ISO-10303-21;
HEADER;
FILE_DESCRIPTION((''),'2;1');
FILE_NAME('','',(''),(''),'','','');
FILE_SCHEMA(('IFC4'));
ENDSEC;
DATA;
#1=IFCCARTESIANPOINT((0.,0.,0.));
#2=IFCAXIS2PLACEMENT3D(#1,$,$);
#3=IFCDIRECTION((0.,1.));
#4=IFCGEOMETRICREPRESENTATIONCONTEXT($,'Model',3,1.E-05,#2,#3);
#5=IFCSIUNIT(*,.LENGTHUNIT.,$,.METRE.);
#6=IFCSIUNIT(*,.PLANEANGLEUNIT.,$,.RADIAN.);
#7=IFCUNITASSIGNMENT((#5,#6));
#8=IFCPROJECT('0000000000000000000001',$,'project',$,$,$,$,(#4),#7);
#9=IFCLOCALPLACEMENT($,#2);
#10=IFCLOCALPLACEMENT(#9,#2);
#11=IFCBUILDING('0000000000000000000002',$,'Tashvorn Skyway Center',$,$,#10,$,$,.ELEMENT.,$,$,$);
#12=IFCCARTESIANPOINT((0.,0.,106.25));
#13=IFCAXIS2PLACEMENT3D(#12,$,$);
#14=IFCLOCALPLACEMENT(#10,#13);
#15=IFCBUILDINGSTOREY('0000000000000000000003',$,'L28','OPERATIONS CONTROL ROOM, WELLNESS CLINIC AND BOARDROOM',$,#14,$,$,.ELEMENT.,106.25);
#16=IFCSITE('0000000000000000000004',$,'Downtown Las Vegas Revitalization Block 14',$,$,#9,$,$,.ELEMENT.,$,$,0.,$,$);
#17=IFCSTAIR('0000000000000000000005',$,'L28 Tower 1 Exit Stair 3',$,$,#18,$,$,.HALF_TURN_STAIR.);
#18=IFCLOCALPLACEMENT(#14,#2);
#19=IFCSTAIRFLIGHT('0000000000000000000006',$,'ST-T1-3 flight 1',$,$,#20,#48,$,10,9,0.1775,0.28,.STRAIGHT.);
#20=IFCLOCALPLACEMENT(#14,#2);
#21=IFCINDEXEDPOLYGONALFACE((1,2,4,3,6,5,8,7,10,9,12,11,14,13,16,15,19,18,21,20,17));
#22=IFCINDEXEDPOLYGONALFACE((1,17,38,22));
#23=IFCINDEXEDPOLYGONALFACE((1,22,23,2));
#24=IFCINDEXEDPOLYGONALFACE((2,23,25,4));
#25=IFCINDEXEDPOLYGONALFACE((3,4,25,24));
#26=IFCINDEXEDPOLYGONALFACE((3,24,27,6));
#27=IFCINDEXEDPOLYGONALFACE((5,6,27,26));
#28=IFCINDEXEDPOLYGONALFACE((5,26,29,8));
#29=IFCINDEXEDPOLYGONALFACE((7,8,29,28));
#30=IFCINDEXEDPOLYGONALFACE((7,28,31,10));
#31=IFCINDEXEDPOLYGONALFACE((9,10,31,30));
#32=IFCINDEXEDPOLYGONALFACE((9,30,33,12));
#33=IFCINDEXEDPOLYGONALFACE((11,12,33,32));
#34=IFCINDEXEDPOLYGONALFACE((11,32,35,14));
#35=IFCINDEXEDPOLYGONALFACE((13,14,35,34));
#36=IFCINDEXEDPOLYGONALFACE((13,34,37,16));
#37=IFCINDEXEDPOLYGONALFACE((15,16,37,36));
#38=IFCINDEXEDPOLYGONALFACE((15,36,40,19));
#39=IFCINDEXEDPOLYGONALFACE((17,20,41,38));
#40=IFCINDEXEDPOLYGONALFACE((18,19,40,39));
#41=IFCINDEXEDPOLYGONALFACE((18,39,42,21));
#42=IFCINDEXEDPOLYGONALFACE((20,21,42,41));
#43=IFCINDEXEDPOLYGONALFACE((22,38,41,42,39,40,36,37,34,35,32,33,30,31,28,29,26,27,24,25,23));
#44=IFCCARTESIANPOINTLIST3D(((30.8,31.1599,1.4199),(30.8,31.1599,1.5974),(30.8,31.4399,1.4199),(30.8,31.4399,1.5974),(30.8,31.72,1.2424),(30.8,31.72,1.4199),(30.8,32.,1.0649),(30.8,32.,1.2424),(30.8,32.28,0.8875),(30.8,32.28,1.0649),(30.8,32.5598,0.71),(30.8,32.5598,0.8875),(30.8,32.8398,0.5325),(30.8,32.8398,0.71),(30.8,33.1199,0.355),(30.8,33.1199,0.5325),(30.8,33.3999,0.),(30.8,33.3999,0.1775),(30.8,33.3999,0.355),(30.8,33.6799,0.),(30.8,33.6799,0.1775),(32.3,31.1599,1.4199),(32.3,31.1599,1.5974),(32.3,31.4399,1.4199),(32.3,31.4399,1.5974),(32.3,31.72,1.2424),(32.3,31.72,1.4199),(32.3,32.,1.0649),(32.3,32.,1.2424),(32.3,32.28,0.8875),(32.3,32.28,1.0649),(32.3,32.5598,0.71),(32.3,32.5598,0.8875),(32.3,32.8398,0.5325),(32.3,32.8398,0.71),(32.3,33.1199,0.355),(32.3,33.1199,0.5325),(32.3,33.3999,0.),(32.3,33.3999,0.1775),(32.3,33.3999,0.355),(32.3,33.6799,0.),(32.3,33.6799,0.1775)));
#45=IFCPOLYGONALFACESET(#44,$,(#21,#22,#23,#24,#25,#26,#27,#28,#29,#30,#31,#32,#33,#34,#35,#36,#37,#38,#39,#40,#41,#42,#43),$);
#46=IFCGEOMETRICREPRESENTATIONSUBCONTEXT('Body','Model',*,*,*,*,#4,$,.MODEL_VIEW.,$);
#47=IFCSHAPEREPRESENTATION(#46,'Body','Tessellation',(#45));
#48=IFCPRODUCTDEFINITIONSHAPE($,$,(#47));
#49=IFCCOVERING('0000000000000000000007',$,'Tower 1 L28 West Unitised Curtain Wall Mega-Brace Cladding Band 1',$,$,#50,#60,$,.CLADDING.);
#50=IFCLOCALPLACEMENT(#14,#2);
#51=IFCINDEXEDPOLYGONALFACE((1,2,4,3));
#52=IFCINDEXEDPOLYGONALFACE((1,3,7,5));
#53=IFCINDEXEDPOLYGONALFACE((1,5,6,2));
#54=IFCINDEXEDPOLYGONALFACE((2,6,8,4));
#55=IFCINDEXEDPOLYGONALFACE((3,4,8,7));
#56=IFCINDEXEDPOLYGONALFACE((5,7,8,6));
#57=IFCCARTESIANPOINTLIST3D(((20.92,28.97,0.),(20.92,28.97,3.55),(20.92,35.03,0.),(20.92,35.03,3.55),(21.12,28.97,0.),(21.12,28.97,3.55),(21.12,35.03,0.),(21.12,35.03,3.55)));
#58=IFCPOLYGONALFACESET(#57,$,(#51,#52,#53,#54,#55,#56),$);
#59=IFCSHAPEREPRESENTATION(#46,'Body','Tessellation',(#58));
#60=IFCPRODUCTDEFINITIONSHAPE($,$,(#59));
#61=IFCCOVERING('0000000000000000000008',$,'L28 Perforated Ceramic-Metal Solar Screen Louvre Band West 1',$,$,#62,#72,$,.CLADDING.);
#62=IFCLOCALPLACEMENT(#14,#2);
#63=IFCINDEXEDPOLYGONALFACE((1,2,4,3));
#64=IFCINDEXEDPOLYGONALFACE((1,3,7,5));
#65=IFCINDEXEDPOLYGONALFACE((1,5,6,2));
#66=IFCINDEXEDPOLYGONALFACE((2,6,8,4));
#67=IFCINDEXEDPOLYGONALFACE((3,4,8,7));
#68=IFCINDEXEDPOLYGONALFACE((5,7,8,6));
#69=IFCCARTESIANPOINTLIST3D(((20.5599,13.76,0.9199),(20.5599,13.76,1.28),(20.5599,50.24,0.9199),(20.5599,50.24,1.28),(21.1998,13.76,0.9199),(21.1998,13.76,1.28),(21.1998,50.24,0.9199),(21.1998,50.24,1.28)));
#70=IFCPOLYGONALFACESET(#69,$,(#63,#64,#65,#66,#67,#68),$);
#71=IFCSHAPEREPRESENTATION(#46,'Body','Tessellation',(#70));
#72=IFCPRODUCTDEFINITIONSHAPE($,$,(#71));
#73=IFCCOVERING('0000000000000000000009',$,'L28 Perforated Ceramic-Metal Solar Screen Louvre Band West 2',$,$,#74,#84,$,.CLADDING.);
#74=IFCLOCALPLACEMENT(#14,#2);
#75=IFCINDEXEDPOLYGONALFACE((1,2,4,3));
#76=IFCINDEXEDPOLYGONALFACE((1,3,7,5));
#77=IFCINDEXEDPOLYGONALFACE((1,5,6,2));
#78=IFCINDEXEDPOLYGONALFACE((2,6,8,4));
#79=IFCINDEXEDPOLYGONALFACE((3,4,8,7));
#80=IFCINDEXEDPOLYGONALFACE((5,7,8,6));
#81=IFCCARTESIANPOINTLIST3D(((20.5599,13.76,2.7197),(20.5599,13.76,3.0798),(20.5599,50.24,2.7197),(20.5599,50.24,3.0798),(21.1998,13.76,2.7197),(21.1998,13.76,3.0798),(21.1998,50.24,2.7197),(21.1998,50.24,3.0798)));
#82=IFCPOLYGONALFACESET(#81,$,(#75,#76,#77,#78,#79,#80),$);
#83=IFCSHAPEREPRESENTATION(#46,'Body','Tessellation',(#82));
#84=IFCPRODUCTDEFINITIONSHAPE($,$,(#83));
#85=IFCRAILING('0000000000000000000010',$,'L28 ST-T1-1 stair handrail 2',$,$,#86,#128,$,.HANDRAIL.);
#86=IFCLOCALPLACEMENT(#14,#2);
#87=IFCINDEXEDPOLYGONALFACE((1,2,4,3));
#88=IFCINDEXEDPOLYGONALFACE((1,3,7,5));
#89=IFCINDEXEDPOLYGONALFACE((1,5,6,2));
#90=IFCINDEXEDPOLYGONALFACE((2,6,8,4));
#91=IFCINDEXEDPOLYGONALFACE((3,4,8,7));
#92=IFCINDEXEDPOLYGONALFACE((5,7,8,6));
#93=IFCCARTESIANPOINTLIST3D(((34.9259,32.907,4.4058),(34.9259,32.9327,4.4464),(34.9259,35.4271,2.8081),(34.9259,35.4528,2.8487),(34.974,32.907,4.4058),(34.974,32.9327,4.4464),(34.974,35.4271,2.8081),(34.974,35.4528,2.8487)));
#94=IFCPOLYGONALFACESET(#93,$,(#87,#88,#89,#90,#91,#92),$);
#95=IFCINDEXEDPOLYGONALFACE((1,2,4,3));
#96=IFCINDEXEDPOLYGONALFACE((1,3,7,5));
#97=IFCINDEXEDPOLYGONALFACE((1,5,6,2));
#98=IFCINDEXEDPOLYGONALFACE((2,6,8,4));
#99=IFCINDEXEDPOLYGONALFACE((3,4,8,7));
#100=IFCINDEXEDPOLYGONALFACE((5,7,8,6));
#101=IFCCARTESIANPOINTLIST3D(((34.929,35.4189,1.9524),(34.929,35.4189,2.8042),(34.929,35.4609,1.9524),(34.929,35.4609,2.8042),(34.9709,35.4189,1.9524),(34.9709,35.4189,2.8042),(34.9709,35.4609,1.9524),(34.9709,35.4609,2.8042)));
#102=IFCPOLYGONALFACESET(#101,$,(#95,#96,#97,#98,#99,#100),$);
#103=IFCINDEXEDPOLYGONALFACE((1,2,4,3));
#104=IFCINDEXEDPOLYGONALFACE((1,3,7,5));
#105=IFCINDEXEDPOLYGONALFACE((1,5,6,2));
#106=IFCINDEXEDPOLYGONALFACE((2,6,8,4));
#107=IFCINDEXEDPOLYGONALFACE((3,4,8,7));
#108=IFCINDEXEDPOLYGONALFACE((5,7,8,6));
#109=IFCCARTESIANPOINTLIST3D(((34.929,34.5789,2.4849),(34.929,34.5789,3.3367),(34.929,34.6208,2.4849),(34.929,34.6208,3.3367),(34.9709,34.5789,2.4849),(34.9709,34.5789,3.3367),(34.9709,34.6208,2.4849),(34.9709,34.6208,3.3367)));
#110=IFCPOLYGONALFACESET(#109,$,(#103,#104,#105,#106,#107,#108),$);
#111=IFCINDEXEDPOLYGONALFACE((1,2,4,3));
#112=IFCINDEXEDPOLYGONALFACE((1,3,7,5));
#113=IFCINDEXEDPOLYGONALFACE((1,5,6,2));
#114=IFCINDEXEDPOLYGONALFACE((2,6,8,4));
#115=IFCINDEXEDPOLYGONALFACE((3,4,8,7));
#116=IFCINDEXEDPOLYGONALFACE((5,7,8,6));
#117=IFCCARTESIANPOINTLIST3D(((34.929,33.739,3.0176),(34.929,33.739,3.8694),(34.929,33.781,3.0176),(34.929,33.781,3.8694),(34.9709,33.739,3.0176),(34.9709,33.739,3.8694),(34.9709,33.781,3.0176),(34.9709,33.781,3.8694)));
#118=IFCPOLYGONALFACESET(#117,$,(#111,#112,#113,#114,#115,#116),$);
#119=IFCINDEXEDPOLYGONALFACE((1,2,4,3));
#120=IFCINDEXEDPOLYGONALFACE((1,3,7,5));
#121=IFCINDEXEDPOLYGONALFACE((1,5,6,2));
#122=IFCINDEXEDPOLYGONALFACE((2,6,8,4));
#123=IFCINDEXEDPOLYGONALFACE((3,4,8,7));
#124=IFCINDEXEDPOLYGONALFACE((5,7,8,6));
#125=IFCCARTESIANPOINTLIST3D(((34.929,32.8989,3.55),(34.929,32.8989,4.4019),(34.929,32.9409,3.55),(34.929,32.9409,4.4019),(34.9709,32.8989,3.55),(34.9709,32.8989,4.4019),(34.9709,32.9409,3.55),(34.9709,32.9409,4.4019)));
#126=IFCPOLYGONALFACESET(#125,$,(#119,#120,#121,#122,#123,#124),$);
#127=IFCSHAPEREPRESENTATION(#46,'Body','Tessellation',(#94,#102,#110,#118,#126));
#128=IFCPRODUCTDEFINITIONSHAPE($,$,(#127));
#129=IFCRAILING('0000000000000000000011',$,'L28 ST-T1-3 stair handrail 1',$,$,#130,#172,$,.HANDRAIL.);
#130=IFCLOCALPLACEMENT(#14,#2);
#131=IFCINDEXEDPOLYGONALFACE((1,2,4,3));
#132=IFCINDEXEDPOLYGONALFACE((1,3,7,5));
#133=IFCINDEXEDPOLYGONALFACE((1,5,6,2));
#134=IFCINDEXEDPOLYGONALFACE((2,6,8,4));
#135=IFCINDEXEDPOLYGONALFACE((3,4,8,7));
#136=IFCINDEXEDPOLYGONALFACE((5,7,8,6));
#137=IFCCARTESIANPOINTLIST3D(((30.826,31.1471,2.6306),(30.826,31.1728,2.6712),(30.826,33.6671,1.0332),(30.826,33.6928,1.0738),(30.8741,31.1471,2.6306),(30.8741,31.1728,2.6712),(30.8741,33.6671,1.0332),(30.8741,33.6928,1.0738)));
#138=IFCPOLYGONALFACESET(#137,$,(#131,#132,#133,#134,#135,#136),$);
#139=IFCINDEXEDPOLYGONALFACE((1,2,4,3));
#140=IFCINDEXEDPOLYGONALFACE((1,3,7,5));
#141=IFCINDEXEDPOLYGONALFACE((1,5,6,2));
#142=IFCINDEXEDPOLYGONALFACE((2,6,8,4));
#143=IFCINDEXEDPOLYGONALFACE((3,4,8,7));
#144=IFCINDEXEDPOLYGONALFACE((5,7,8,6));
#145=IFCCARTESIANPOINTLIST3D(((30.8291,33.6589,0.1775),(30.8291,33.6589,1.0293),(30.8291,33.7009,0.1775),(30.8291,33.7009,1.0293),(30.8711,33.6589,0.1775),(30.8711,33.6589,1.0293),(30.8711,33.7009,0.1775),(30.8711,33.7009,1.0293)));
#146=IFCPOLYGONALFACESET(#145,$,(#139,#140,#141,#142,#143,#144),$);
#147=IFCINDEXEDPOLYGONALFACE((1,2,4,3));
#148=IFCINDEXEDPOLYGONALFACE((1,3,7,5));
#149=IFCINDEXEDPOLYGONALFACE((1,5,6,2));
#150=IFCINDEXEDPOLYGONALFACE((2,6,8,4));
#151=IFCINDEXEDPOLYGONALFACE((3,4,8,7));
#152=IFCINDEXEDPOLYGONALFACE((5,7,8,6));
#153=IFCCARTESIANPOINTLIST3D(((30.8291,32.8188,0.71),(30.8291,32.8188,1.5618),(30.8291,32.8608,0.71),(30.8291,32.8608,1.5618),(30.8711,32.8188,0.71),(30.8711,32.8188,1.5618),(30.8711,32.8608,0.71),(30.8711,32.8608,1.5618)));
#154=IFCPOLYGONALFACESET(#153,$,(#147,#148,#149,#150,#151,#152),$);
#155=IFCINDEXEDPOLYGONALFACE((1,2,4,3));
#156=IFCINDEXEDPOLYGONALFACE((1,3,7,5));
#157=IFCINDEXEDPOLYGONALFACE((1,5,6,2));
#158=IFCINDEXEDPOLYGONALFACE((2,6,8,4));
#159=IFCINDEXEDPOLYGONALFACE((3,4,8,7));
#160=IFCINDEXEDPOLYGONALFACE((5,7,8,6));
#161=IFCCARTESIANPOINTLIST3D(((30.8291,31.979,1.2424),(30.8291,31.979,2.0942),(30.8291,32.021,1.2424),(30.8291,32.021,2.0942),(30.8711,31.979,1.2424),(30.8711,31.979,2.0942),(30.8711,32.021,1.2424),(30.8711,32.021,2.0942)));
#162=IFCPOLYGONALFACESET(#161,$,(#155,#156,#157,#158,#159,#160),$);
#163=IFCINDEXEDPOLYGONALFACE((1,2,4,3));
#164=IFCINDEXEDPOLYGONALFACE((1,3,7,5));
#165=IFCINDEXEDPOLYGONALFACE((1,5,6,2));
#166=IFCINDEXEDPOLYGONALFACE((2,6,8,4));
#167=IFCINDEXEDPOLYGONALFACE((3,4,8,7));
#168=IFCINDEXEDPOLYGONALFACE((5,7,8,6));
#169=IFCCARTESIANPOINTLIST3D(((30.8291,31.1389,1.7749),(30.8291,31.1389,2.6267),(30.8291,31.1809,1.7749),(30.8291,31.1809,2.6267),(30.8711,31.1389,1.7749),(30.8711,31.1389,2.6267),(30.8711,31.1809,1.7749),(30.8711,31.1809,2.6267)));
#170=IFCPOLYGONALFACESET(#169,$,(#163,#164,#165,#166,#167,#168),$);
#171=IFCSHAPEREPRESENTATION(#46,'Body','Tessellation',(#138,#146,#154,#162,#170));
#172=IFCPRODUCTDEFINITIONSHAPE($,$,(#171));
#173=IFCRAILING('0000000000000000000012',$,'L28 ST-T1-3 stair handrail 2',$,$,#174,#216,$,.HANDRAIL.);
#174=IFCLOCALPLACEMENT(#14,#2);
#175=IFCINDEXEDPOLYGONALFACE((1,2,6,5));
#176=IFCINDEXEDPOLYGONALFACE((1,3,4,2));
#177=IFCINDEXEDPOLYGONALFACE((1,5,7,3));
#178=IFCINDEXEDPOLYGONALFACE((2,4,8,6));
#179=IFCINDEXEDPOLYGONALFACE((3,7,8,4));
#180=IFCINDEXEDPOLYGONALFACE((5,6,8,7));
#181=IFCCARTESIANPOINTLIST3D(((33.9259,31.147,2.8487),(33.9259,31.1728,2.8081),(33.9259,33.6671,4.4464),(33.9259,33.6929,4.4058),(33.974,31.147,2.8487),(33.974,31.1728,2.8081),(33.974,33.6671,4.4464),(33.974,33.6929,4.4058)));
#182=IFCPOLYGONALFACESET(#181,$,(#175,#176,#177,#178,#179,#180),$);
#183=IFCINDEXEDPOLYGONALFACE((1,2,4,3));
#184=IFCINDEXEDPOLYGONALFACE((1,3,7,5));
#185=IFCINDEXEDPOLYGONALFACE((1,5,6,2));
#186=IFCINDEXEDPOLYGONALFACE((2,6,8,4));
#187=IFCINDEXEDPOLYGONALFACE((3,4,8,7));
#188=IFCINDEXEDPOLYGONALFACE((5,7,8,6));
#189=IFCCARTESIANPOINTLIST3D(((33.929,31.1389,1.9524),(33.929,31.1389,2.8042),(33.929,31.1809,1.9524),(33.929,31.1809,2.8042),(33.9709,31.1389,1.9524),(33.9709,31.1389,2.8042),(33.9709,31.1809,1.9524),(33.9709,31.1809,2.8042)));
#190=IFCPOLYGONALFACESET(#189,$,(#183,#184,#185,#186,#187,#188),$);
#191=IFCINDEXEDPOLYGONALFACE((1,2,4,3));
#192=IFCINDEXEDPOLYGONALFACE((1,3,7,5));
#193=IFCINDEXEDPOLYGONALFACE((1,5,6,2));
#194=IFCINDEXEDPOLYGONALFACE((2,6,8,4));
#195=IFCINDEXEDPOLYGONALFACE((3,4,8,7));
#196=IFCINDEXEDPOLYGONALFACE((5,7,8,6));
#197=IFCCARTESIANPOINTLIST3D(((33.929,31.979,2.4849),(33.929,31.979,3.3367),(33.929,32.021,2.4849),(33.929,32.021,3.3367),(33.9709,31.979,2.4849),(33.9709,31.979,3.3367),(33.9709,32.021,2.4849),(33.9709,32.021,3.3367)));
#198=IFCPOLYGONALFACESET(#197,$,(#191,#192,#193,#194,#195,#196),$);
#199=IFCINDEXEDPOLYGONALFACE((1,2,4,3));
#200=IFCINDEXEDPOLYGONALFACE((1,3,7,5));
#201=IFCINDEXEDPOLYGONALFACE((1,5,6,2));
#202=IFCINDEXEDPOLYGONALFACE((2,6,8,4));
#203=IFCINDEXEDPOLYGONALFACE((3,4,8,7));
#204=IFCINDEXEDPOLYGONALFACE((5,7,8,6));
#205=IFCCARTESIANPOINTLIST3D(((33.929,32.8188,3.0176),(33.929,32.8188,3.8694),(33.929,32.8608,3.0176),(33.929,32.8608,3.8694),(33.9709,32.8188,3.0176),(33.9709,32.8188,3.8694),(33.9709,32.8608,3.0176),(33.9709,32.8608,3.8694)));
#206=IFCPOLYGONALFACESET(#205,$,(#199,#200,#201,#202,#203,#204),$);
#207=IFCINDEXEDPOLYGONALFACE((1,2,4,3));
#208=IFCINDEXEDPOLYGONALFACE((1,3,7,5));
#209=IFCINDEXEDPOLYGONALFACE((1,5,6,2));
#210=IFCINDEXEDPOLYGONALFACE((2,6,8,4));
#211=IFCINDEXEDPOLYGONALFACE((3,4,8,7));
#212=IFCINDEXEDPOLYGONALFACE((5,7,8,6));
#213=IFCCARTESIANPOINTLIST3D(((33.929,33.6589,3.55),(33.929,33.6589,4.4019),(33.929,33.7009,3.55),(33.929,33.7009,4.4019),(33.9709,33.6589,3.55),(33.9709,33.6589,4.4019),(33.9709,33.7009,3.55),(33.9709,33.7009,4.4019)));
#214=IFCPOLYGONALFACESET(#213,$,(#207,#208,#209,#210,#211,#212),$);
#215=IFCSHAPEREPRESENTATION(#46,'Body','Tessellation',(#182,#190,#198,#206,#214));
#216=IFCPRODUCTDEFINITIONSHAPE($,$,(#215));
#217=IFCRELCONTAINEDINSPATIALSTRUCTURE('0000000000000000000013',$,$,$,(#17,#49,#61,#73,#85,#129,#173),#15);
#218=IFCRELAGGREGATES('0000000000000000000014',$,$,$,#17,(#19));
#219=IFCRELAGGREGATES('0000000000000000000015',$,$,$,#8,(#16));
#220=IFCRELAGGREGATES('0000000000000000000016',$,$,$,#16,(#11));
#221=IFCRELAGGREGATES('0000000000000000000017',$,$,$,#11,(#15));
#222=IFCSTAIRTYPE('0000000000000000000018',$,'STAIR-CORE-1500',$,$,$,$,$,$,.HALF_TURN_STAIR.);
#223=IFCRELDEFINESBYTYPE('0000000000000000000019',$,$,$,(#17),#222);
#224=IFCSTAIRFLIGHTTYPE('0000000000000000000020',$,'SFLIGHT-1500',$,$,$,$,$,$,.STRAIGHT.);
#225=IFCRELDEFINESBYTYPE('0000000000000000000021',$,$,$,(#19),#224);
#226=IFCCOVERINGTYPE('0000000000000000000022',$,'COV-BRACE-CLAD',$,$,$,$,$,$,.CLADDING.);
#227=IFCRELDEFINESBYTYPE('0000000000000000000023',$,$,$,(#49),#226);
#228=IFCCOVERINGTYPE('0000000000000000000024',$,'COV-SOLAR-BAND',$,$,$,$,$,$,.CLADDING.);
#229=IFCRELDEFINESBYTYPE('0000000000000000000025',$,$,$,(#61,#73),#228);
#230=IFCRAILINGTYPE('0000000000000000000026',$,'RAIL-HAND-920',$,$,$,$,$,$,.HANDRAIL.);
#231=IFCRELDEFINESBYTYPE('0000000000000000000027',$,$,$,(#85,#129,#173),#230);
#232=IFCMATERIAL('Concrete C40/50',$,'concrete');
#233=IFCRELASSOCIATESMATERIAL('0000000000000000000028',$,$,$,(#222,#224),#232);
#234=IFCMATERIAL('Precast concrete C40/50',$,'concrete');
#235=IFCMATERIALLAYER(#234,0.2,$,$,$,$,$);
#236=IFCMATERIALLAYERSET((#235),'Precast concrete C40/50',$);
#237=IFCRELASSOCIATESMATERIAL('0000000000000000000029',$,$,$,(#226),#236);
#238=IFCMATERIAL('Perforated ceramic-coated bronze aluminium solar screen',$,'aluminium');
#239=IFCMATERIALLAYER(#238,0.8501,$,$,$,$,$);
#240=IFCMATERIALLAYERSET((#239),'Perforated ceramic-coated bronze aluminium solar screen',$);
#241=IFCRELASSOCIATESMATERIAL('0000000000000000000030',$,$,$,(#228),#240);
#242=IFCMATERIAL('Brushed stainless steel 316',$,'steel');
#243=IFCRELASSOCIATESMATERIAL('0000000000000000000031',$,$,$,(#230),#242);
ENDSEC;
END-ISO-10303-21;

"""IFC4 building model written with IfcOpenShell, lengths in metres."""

from ifc_helpers import new_model, si_unit, direction, frame, origin, origin_2d, place, context, subcontext, project, spatial, polyline, rectangle, outline, extrude, material, layer, layer_set, type_object, element, aggregate, save


model = new_model("IFC4")

# Units and contexts
model_context = context("Model", 3, precision=1e-05, world=origin(), true_north=direction((0.0, 1.0)))
body_context = subcontext(model_context, "Body", "Model", "MODEL_VIEW")
ifc_project = project(units=[si_unit("LENGTHUNIT", "METRE"), si_unit("PLANEANGLEUNIT", "RADIAN")], contexts=[model_context])

# Site, building, storey
site_placement = place(None, origin())
site = spatial("IfcSite", under=ifc_project, at=site_placement, Name="Downtown Las Vegas Revitalization Block 14", CompositionType="ELEMENT", RefElevation=0.0)
building_placement = place(site_placement, origin())
building = spatial("IfcBuilding", under=site, at=building_placement, Name="Tashvorn Skyway Center", CompositionType="ELEMENT")
storey_placement = place(building_placement, frame((0.0, 0.0, 106.25)))
storey = spatial("IfcBuildingStorey", under=building, at=storey_placement, Name="L28", Description="OPERATIONS CONTROL ROOM, WELLNESS CLINIC AND BOARDROOM", CompositionType="ELEMENT", Elevation=106.25)

# Shared definitions
ifc_material_1 = material(Name="Concrete C40/50", Category="concrete")

# Stair, stair flight
stair_type = type_object("IfcStairType", Name="STAIR-CORE-1500", PredefinedType="HALF_TURN_STAIR", material=ifc_material_1)
stair_flight_type = type_object("IfcStairFlightType", Name="SFLIGHT-1500", PredefinedType="STRAIGHT", material=ifc_material_1)
stair_1_placement = place(storey_placement, origin())
stair_1 = element("IfcStair", 1, at=stair_1_placement, inside=storey, type_object=stair_type, Name="L28 Tower 1 Exit Stair 3", PredefinedType="HALF_TURN_STAIR")
stair_flight_1_placement = place(storey_placement, frame((31.55, 33.6799, 0.0), z_axis=(0.0, 0.0, 1.0), x_axis=(0.0, -1.0, 0.0)))
stair_flight_1 = element("IfcStairFlight", 2, at=stair_flight_1_placement, type_object=stair_flight_type, Name="ST-T1-3 flight 1", NumberOfRisers=10, NumberOfTreads=9, PredefinedType="STRAIGHT", RiserHeight=0.1775, TreadLength=0.28, context=body_context, shape_type="SweptSolid", body=[
    extrude(outline(polyline([(0.0, 0.0), (0.0, 0.1775), (0.28, 0.1775), (0.28, 0.355), (0.5601, 0.355), (0.5601, 0.5325), (0.8401, 0.5325), (0.8401, 0.71), (1.1201, 0.71), (1.1201, 0.8875), (1.3999, 0.8875), (1.3999, 1.0649), (1.6799, 1.0649), (1.6799, 1.2424), (1.96, 1.2424), (1.96, 1.4199), (2.24, 1.4199), (2.24, 1.5974), (2.52, 1.5974), (2.52, 1.7749), (2.52, 1.4199), (0.28, 0.0), (0.0, 0.0)])), frame((0.0, 0.75, 0.0), z_axis=(0.0, -1.0, 0.0), x_axis=(1.0, 0.0, 0.0)), (0.0, 0.0, 1.0), 1.5),
])
aggregate(stair_1, [stair_flight_1])

# Coverings
ifc_material_2 = material(Name="Precast concrete C40/50", Category="concrete")
ifc_layer_1 = layer(ifc_material_2, 0.2)
ifc_layer_set_1 = layer_set([ifc_layer_1], Name="Precast concrete C40/50")
covering_type_1 = type_object("IfcCoveringType", Name="COV-BRACE-CLAD", PredefinedType="CLADDING", material=ifc_layer_set_1)
covering_placement = place(storey_placement, frame((21.02, 32.0, 0.0), z_axis=(0.0, 0.0, 1.0), x_axis=(0.0, 1.0, 0.0)))
element("IfcCovering", 3, at=covering_placement, inside=storey, type_object=covering_type_1, Name="Tower 1 L28 West Unitised Curtain Wall Mega-Brace Cladding Band 1", PredefinedType="CLADDING", context=body_context, shape_type="SweptSolid", body=[
    extrude(rectangle(XDim=6.0601, YDim=0.2, at=origin_2d()), origin(), (0.0, 0.0, 1.0), 3.55),
])
ifc_material_3 = material(Name="Perforated ceramic-coated bronze aluminium solar screen", Category="aluminium")
ifc_layer_2 = layer(ifc_material_3, 0.8501)
ifc_layer_set_2 = layer_set([ifc_layer_2], Name="Perforated ceramic-coated bronze aluminium solar screen")
covering_type_2 = type_object("IfcCoveringType", Name="COV-SOLAR-BAND", PredefinedType="CLADDING", material=ifc_layer_set_2)
for number, where, z_axis, x_axis, name in (
    (4, (20.8799, 32.0, 0.9199), (0.0, 0.0, 1.0), (0.0, 1.0, 0.0), "L28 Perforated Ceramic-Metal Solar Screen Louvre Band West 1"),
    (5, (20.8799, 32.0, 2.7197), (0.0, 0.0, 1.0), (0.0, 1.0, 0.0), "L28 Perforated Ceramic-Metal Solar Screen Louvre Band West 2"),
):
    element("IfcCovering", number, at=place(storey_placement, frame(where, z_axis=z_axis, x_axis=x_axis)), inside=storey, type_object=covering_type_2, Name=name, PredefinedType="CLADDING", context=body_context, shape_type="SweptSolid", body=[
        extrude(rectangle(XDim=36.48, YDim=0.6399, at=origin_2d()), origin(), (0.0, 0.0, 1.0), 0.3601),
    ])

# Railings
ifc_material_4 = material(Name="Brushed stainless steel 316", Category="steel")
railing_type_1 = type_object("IfcRailingType", Name="RAIL-HAND-920", PredefinedType="HANDRAIL", material=ifc_material_4)
railing_1_placement = place(storey_placement, frame((34.95, 35.4399, 1.9524)))
element("IfcRailing", 6, at=railing_1_placement, inside=storey, type_object=railing_type_1, Name="L28 ST-T1-1 stair handrail 2", PredefinedType="HANDRAIL", context=body_context, shape_type="SweptSolid", body=[
    extrude(rectangle(XDim=0.0481, YDim=0.0481, at=origin_2d()), frame((0.0, 0.0, 0.876), z_axis=(0.0, -0.84457, 0.535445), x_axis=(1.0, 0.0, 0.0)), (0.0, 0.0, 1.0), 2.9839),
    extrude(rectangle(XDim=0.042, YDim=0.042, at=origin_2d()), origin(), (0.0, 0.0, 1.0), 0.8518),
    extrude(rectangle(XDim=0.042, YDim=0.042, at=origin_2d()), frame((0.0, -0.8401, 0.5325)), (0.0, 0.0, 1.0), 0.8518),
    extrude(rectangle(XDim=0.042, YDim=0.042, at=origin_2d()), frame((0.0, -1.6799, 1.0652)), (0.0, 0.0, 1.0), 0.8518),
    extrude(rectangle(XDim=0.042, YDim=0.042, at=origin_2d()), frame((0.0, -2.52, 1.5977)), (0.0, 0.0, 1.0), 0.8518),
])
railing_2_placement = place(storey_placement, frame((30.8501, 33.6799, 0.1775)))
element("IfcRailing", 7, at=railing_2_placement, inside=storey, type_object=railing_type_1, Name="L28 ST-T1-3 stair handrail 1", PredefinedType="HANDRAIL", context=body_context, shape_type="SweptSolid", body=[
    extrude(rectangle(XDim=0.0481, YDim=0.0481, at=origin_2d()), frame((0.0, 0.0, 0.876), z_axis=(0.0, -0.844607, 0.535387), x_axis=(1.0, 0.0, 0.0)), (0.0, 0.0, 1.0), 2.9836),
    extrude(rectangle(XDim=0.042, YDim=0.042, at=origin_2d()), origin(), (0.0, 0.0, 1.0), 0.8518),
    extrude(rectangle(XDim=0.042, YDim=0.042, at=origin_2d()), frame((0.0, -0.8401, 0.5325)), (0.0, 0.0, 1.0), 0.8518),
    extrude(rectangle(XDim=0.042, YDim=0.042, at=origin_2d()), frame((0.0, -1.6799, 1.0649)), (0.0, 0.0, 1.0), 0.8518),
    extrude(rectangle(XDim=0.042, YDim=0.042, at=origin_2d()), frame((0.0, -2.52, 1.5974)), (0.0, 0.0, 1.0), 0.8518),
])
railing_3_placement = place(storey_placement, frame((33.95, 31.1599, 1.9524)))
element("IfcRailing", 8, at=railing_3_placement, inside=storey, type_object=railing_type_1, Name="L28 ST-T1-3 stair handrail 2", PredefinedType="HANDRAIL", context=body_context, shape_type="SweptSolid", body=[
    extrude(rectangle(XDim=0.0481, YDim=0.0481, at=origin_2d()), frame((0.0, 0.0, 0.876), z_axis=(0.0, 0.84457, 0.535445), x_axis=(-1.0, 0.0, 0.0)), (0.0, 0.0, 1.0), 2.9839),
    extrude(rectangle(XDim=0.042, YDim=0.042, at=origin_2d()), origin(), (0.0, 0.0, 1.0), 0.8518),
    extrude(rectangle(XDim=0.042, YDim=0.042, at=origin_2d()), frame((0.0, 0.8401, 0.5325)), (0.0, 0.0, 1.0), 0.8518),
    extrude(rectangle(XDim=0.042, YDim=0.042, at=origin_2d()), frame((0.0, 1.6799, 1.0652)), (0.0, 0.0, 1.0), 0.8518),
    extrude(rectangle(XDim=0.042, YDim=0.042, at=origin_2d()), frame((0.0, 2.52, 1.5977)), (0.0, 0.0, 1.0), 0.8518),
])

save(model, "model.ifc")
